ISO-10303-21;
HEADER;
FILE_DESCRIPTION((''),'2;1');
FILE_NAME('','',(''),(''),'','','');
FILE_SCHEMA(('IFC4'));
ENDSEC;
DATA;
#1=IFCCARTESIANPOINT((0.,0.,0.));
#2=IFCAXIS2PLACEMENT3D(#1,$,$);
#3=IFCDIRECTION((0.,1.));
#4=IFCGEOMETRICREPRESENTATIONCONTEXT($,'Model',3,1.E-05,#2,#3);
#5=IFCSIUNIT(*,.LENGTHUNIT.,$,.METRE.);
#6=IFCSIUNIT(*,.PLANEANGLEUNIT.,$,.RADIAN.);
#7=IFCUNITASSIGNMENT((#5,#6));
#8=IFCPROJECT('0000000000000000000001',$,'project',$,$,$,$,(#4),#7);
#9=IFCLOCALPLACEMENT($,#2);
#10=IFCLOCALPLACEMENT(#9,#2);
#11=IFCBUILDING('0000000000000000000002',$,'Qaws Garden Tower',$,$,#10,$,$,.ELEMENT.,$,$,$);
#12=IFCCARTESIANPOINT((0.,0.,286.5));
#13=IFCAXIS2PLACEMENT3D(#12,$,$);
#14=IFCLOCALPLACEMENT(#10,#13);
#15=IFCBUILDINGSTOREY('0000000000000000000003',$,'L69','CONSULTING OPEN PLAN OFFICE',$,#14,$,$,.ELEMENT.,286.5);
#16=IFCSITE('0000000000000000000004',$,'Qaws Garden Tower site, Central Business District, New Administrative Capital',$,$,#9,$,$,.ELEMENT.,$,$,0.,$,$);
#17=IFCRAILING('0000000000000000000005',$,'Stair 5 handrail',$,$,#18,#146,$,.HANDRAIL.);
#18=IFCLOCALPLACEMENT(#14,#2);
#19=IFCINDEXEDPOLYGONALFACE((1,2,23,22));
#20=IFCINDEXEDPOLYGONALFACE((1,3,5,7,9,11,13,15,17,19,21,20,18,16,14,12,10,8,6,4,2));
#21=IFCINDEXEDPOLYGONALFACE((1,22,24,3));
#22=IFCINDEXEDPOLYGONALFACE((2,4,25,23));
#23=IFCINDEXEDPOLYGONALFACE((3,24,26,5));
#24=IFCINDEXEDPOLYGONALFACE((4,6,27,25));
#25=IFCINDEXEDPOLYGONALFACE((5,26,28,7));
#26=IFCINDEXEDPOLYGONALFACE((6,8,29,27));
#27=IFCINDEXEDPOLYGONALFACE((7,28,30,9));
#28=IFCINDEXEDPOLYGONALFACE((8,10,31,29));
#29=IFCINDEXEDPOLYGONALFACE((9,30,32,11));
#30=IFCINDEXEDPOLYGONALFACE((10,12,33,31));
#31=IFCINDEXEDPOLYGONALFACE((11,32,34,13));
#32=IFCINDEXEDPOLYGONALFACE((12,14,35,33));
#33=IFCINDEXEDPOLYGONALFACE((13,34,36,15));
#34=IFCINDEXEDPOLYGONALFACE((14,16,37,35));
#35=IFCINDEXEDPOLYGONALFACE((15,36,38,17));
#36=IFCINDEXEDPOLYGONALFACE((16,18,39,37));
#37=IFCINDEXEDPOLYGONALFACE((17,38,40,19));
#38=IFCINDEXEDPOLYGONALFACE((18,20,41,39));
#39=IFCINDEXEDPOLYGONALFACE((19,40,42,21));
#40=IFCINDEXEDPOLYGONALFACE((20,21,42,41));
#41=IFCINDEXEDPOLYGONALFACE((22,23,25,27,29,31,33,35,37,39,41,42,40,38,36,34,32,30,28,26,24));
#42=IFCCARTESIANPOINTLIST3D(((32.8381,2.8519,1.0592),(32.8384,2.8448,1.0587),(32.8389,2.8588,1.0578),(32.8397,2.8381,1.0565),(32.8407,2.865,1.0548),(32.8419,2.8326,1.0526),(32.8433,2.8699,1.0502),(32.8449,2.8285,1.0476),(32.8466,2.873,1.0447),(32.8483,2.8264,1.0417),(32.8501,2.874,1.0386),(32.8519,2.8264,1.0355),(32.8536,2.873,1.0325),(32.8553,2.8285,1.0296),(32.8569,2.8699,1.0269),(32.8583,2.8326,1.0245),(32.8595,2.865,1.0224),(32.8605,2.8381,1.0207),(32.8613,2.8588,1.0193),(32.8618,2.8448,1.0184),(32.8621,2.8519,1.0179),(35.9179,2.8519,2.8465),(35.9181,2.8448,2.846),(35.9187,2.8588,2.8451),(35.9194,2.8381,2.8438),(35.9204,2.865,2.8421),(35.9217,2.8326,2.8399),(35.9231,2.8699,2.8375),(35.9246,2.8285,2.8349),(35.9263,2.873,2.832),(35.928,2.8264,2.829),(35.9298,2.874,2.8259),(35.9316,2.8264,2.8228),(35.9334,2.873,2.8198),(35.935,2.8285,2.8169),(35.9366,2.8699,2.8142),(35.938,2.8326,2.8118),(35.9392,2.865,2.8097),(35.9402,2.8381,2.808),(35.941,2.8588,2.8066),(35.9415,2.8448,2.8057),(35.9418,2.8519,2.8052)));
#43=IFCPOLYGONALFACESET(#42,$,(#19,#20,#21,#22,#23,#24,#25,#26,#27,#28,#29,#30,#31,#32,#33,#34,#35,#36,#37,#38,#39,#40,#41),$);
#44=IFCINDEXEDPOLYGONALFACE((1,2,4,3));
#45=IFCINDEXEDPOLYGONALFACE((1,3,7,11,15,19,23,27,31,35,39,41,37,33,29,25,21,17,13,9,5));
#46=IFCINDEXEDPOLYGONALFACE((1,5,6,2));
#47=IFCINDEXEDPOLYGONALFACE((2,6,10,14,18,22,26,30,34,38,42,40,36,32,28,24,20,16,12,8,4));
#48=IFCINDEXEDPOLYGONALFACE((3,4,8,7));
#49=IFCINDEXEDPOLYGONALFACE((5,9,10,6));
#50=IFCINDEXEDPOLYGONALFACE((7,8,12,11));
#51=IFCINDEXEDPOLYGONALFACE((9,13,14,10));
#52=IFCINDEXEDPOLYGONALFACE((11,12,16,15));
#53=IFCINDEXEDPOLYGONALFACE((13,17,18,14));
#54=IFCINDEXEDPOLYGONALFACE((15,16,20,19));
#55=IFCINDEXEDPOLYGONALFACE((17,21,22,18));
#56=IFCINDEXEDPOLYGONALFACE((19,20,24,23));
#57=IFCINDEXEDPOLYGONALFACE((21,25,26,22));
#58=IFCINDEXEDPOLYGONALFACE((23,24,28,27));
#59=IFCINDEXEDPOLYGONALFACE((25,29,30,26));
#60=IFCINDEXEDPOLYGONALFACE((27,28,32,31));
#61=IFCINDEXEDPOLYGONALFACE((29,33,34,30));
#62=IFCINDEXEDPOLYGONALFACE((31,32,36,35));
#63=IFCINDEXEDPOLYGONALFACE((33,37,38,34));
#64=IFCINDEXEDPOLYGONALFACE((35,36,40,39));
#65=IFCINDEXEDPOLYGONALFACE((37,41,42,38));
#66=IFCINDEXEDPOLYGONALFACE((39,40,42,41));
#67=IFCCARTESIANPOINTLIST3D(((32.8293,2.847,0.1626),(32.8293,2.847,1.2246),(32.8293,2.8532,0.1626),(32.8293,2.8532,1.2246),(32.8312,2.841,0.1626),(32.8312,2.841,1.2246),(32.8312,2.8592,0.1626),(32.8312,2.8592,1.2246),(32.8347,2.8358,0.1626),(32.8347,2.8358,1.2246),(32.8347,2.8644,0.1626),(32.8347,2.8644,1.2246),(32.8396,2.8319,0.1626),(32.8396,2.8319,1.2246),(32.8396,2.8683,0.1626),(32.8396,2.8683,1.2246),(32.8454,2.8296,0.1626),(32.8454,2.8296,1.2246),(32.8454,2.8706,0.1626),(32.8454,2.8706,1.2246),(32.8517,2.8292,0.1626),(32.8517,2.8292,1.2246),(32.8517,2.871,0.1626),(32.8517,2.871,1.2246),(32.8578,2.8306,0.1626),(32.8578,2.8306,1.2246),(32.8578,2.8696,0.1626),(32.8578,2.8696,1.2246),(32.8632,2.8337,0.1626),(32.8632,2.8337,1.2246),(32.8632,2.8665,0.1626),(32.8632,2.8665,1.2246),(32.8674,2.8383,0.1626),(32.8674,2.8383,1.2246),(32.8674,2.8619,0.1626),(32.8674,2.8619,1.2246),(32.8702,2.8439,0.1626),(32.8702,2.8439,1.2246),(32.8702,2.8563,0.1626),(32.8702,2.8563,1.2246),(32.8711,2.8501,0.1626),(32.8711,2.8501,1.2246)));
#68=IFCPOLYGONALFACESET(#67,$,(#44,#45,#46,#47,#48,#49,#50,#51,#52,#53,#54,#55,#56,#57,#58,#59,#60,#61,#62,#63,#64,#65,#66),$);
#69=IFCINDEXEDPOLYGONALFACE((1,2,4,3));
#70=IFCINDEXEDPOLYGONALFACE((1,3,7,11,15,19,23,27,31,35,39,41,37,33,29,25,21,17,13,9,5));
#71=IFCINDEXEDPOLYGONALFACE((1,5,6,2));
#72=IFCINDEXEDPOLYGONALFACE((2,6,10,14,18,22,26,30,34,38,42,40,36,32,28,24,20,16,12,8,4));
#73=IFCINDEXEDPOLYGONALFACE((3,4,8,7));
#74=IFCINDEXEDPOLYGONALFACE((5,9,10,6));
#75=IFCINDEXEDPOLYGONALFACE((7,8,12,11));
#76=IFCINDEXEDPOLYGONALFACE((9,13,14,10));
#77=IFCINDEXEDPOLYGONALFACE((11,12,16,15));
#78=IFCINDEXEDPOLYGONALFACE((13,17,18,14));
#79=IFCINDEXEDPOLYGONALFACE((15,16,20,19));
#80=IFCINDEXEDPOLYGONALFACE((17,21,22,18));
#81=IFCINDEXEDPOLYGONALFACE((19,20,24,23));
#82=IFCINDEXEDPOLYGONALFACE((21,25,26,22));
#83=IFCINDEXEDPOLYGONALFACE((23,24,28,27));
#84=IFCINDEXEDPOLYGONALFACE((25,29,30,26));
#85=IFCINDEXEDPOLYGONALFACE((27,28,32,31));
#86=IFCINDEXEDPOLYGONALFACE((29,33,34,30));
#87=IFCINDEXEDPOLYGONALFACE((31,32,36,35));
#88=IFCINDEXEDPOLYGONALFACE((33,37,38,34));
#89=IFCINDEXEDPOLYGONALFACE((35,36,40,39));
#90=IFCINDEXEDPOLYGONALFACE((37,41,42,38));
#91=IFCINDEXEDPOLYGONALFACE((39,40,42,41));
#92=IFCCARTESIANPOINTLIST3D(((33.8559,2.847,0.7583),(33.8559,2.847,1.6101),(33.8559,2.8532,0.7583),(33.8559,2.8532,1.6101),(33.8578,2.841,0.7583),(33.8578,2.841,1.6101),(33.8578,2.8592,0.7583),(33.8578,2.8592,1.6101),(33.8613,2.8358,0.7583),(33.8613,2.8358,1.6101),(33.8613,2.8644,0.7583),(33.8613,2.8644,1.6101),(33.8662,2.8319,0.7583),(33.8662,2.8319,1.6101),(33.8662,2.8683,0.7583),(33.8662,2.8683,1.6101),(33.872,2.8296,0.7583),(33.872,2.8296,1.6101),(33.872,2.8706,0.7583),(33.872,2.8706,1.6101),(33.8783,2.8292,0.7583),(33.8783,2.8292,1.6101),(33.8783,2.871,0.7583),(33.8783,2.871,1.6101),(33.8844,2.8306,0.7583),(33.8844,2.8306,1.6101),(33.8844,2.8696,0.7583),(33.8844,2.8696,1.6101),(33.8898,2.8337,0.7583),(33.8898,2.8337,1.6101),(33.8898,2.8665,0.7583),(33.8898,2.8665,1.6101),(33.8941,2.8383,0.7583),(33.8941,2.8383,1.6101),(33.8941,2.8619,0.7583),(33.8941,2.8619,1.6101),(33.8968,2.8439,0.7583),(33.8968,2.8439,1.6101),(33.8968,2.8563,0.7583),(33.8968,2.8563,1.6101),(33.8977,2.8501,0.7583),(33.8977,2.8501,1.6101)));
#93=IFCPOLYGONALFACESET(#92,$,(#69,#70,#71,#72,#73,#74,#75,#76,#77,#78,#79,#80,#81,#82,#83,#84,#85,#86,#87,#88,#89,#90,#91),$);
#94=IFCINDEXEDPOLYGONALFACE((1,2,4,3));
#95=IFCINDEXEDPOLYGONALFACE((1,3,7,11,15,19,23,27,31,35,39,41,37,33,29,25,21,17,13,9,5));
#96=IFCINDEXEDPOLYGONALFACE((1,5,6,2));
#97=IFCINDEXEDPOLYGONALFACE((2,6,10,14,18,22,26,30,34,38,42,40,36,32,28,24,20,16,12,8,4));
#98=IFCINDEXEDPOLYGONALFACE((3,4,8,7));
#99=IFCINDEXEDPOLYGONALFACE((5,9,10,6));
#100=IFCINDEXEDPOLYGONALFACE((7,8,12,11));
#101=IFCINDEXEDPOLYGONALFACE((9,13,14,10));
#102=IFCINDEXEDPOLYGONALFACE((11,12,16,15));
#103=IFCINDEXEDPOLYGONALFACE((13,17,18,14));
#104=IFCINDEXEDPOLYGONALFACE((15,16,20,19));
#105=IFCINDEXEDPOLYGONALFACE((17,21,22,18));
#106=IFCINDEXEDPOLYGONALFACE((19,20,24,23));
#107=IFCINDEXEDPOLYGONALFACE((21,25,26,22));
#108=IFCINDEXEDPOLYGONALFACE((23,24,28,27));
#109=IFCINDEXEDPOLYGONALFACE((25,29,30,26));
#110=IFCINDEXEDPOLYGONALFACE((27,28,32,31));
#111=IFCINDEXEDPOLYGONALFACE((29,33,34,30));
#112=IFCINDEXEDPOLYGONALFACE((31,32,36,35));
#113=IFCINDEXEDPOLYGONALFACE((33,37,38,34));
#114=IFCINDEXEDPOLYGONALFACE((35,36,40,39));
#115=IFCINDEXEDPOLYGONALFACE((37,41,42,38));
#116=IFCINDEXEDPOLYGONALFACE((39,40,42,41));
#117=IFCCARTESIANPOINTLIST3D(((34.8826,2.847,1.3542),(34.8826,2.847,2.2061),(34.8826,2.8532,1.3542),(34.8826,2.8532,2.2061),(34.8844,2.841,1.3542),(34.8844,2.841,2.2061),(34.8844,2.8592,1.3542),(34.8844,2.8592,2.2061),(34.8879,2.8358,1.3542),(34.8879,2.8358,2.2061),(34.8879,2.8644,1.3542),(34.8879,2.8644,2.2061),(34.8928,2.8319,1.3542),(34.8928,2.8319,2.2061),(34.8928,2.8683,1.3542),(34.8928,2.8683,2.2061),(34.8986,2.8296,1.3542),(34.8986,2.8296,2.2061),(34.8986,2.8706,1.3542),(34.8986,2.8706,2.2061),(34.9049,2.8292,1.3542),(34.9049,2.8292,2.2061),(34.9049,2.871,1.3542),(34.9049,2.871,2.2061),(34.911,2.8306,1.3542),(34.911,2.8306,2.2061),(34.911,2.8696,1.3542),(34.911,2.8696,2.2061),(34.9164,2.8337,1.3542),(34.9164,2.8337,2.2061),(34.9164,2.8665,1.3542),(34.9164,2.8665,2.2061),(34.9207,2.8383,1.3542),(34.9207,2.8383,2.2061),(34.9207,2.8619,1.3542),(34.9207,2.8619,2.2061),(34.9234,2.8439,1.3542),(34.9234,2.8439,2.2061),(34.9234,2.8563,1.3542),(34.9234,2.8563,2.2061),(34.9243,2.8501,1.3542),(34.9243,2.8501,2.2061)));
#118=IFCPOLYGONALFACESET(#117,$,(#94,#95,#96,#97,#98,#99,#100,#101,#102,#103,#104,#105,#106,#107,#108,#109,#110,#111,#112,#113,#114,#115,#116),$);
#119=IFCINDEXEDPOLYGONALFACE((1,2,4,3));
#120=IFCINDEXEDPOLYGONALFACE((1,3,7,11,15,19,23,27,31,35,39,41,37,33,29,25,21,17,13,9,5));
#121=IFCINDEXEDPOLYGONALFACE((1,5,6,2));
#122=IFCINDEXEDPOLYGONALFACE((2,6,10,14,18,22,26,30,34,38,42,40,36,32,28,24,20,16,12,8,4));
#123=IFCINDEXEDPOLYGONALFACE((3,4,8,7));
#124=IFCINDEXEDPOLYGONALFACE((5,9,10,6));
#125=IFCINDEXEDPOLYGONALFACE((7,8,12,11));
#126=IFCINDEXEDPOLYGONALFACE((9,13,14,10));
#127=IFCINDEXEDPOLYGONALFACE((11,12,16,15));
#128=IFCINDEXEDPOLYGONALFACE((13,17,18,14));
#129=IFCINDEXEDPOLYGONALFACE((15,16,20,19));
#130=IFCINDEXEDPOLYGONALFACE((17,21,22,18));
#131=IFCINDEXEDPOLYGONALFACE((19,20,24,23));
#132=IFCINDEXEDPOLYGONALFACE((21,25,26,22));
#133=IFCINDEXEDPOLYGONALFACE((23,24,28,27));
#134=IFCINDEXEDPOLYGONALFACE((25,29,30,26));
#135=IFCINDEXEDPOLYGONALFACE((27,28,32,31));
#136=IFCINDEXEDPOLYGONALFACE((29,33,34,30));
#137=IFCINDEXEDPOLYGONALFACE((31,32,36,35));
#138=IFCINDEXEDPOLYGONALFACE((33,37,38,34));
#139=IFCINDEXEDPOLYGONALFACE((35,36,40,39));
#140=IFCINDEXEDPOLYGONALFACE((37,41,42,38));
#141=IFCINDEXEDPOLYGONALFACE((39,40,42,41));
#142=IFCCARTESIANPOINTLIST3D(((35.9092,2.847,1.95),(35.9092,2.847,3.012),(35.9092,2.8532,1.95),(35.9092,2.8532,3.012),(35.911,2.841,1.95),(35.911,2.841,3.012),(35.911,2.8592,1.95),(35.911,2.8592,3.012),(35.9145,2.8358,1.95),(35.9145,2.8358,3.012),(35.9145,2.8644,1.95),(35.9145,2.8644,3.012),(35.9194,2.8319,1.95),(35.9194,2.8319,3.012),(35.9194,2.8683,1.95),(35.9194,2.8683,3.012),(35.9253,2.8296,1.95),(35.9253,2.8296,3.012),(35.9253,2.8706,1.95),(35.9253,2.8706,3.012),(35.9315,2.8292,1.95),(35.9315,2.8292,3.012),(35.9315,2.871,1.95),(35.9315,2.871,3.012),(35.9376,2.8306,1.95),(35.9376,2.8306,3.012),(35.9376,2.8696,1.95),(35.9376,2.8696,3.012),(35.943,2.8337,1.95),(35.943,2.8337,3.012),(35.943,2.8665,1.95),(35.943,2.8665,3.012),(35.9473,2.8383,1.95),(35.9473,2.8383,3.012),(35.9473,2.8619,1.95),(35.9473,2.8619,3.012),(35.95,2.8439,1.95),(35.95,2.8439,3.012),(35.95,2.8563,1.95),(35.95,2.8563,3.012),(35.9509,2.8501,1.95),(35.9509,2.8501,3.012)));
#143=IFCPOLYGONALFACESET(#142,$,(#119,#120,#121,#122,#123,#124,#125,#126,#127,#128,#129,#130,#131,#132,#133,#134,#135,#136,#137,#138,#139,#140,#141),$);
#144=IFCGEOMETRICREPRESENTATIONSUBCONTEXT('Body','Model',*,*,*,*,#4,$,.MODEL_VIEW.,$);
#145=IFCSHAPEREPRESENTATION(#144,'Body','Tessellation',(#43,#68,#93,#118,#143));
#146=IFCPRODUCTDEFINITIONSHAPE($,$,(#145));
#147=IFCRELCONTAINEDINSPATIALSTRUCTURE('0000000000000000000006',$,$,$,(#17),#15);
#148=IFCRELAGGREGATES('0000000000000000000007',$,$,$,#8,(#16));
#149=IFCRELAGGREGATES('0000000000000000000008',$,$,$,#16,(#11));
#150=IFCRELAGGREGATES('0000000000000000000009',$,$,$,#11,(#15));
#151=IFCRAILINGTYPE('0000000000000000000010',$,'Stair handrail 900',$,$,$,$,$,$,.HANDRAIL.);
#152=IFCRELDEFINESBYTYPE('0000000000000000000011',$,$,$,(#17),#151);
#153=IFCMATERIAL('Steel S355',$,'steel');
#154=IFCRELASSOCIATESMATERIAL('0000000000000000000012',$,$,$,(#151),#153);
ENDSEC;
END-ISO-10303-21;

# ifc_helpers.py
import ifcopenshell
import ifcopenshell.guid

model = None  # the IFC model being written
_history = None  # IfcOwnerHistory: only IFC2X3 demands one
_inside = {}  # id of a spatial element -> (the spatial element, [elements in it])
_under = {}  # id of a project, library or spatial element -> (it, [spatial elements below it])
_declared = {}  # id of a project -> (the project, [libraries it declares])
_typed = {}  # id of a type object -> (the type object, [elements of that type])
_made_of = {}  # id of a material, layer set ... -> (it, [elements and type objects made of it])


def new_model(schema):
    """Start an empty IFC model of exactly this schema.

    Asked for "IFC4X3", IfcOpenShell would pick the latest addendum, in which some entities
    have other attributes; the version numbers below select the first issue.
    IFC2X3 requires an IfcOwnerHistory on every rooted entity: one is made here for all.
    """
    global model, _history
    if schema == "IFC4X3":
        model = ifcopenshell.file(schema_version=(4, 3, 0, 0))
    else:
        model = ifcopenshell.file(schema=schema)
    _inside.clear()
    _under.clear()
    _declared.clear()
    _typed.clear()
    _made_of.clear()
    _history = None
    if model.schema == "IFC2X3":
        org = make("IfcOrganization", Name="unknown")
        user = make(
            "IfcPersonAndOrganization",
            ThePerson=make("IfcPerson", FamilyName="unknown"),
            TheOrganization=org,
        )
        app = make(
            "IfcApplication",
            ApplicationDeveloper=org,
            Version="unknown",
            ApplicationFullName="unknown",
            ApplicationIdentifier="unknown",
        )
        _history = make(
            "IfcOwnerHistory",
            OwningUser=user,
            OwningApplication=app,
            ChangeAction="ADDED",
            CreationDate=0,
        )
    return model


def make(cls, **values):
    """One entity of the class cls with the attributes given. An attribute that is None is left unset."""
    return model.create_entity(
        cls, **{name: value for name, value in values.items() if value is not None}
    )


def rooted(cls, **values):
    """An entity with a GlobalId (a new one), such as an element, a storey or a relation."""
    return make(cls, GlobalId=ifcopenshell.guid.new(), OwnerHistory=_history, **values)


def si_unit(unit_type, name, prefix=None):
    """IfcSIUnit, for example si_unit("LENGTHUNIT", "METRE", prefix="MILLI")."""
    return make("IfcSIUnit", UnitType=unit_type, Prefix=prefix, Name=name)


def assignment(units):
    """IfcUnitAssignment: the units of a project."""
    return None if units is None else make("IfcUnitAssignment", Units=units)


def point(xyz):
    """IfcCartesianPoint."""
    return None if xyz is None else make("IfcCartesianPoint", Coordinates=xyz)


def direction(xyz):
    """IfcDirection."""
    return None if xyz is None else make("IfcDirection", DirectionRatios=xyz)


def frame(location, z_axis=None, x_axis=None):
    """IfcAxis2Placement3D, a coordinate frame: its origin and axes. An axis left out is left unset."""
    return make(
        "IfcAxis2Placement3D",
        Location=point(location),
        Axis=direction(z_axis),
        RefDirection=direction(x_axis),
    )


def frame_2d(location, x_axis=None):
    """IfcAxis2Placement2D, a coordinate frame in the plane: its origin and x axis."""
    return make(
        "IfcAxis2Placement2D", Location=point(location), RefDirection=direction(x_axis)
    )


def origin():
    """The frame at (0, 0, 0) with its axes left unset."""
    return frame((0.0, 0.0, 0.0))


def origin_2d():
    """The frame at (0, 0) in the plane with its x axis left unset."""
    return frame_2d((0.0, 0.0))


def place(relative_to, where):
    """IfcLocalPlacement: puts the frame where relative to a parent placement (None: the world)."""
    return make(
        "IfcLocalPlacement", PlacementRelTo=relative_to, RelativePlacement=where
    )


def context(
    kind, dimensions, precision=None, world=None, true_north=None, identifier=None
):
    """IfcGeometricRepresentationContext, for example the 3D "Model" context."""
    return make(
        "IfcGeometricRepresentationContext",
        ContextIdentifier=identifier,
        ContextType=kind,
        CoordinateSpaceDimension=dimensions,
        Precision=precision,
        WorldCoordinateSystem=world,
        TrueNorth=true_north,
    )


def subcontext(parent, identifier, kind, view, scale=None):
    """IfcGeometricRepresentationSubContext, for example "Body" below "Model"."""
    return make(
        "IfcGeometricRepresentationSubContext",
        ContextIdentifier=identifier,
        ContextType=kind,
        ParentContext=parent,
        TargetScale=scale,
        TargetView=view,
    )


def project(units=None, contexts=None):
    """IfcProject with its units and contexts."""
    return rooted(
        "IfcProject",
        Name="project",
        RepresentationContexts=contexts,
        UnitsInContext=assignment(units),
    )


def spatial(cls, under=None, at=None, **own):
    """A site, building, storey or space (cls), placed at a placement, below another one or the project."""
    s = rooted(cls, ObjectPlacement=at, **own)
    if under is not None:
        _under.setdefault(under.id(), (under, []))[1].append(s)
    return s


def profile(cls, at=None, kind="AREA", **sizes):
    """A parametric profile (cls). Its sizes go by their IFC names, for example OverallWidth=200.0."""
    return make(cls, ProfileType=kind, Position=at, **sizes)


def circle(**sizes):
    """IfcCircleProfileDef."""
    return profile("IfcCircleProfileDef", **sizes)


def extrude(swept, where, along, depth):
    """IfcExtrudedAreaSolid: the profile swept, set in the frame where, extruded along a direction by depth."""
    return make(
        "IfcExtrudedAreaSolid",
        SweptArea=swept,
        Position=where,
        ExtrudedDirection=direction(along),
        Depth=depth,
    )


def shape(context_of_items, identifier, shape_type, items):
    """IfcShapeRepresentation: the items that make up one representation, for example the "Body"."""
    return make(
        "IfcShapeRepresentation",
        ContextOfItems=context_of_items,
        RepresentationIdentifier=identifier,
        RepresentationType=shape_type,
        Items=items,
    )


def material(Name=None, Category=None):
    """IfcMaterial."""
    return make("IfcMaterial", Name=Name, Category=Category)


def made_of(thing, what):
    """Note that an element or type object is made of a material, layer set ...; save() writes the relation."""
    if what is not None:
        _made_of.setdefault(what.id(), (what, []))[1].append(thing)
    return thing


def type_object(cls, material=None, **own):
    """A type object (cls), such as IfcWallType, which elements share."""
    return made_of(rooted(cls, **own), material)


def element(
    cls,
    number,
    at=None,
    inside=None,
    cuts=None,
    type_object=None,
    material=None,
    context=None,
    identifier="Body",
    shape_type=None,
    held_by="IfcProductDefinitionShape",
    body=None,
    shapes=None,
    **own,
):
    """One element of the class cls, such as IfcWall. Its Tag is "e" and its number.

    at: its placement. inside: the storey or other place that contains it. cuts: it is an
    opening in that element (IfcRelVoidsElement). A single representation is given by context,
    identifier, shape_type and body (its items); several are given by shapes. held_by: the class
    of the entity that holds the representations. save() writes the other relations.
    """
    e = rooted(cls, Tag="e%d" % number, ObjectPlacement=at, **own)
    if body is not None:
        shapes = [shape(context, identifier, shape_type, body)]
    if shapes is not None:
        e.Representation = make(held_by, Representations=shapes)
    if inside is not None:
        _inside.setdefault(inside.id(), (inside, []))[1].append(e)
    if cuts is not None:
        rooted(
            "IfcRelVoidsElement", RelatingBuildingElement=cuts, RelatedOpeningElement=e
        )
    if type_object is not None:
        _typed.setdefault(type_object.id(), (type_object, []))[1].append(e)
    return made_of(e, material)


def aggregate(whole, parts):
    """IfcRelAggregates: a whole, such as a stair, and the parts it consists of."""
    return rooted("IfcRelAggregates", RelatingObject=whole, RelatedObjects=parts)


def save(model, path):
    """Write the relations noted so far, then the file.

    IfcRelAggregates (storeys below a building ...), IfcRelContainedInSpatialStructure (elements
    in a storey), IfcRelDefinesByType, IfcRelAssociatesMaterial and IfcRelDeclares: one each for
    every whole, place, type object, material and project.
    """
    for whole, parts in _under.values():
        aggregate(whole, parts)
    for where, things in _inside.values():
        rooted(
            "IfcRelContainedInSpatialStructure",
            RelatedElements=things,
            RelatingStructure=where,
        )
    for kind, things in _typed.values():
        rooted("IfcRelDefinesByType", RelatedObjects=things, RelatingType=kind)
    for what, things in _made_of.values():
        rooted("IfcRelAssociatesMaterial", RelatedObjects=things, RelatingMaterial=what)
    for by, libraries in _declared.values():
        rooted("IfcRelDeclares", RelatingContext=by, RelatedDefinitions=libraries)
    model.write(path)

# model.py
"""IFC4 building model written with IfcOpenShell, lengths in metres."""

from ifc_helpers import new_model, si_unit, direction, frame, origin, origin_2d, place, context, subcontext, project, spatial, circle, extrude, material, type_object, element, save


model = new_model("IFC4")

# Units and contexts
model_context = context("Model", 3, precision=1e-05, world=origin(), true_north=direction((0.0, 1.0)))
body_context = subcontext(model_context, "Body", "Model", "MODEL_VIEW")
ifc_project = project(units=[si_unit("LENGTHUNIT", "METRE"), si_unit("PLANEANGLEUNIT", "RADIAN")], contexts=[model_context])

# Site, building, storey
site_placement = place(None, origin())
site = spatial("IfcSite", under=ifc_project, at=site_placement, Name="Qaws Garden Tower site, Central Business District, New Administrative Capital", CompositionType="ELEMENT", RefElevation=0.0)
building_placement = place(site_placement, origin())
building = spatial("IfcBuilding", under=site, at=building_placement, Name="Qaws Garden Tower", CompositionType="ELEMENT")
storey_placement = place(building_placement, frame((0.0, 0.0, 286.5)))
storey = spatial("IfcBuildingStorey", under=building, at=storey_placement, Name="L69", Description="CONSULTING OPEN PLAN OFFICE", CompositionType="ELEMENT", Elevation=286.5)

# Railing
ifc_material_1 = material(Name="Steel S355", Category="steel")
railing_type = type_object("IfcRailingType", Name="Stair handrail 900", PredefinedType="HANDRAIL", material=ifc_material_1)
railing_1_placement = place(storey_placement, frame((32.8501, 2.8501, 0.1626)))
element("IfcRailing", 1, at=railing_1_placement, inside=storey, type_object=railing_type, Name="Stair 5 handrail", PredefinedType="HANDRAIL", context=body_context, shape_type="SweptSolid", body=[
    extrude(circle(Radius=0.0239, at=origin_2d()), frame((0.0, 0.0, 0.876), z_axis=(0.864903, 0.0, 0.501939), x_axis=(0.0, 1.0, 0.0)), (0.0, 0.0, 1.0), 3.5608),
    extrude(circle(Radius=0.021, at=origin_2d()), origin(), (0.0, 0.0, 1.0), 1.062),
    extrude(circle(Radius=0.021, at=origin_2d()), frame((1.0266, 0.0, 0.5957)), (0.0, 0.0, 1.0), 0.8518),
    extrude(circle(Radius=0.021, at=origin_2d()), frame((2.0532, 0.0, 1.1917)), (0.0, 0.0, 1.0), 0.8518),
    extrude(circle(Radius=0.021, at=origin_2d()), frame((3.0798, 0.0, 1.7874)), (0.0, 0.0, 1.0), 1.062),
])

save(model, "model.ifc")
